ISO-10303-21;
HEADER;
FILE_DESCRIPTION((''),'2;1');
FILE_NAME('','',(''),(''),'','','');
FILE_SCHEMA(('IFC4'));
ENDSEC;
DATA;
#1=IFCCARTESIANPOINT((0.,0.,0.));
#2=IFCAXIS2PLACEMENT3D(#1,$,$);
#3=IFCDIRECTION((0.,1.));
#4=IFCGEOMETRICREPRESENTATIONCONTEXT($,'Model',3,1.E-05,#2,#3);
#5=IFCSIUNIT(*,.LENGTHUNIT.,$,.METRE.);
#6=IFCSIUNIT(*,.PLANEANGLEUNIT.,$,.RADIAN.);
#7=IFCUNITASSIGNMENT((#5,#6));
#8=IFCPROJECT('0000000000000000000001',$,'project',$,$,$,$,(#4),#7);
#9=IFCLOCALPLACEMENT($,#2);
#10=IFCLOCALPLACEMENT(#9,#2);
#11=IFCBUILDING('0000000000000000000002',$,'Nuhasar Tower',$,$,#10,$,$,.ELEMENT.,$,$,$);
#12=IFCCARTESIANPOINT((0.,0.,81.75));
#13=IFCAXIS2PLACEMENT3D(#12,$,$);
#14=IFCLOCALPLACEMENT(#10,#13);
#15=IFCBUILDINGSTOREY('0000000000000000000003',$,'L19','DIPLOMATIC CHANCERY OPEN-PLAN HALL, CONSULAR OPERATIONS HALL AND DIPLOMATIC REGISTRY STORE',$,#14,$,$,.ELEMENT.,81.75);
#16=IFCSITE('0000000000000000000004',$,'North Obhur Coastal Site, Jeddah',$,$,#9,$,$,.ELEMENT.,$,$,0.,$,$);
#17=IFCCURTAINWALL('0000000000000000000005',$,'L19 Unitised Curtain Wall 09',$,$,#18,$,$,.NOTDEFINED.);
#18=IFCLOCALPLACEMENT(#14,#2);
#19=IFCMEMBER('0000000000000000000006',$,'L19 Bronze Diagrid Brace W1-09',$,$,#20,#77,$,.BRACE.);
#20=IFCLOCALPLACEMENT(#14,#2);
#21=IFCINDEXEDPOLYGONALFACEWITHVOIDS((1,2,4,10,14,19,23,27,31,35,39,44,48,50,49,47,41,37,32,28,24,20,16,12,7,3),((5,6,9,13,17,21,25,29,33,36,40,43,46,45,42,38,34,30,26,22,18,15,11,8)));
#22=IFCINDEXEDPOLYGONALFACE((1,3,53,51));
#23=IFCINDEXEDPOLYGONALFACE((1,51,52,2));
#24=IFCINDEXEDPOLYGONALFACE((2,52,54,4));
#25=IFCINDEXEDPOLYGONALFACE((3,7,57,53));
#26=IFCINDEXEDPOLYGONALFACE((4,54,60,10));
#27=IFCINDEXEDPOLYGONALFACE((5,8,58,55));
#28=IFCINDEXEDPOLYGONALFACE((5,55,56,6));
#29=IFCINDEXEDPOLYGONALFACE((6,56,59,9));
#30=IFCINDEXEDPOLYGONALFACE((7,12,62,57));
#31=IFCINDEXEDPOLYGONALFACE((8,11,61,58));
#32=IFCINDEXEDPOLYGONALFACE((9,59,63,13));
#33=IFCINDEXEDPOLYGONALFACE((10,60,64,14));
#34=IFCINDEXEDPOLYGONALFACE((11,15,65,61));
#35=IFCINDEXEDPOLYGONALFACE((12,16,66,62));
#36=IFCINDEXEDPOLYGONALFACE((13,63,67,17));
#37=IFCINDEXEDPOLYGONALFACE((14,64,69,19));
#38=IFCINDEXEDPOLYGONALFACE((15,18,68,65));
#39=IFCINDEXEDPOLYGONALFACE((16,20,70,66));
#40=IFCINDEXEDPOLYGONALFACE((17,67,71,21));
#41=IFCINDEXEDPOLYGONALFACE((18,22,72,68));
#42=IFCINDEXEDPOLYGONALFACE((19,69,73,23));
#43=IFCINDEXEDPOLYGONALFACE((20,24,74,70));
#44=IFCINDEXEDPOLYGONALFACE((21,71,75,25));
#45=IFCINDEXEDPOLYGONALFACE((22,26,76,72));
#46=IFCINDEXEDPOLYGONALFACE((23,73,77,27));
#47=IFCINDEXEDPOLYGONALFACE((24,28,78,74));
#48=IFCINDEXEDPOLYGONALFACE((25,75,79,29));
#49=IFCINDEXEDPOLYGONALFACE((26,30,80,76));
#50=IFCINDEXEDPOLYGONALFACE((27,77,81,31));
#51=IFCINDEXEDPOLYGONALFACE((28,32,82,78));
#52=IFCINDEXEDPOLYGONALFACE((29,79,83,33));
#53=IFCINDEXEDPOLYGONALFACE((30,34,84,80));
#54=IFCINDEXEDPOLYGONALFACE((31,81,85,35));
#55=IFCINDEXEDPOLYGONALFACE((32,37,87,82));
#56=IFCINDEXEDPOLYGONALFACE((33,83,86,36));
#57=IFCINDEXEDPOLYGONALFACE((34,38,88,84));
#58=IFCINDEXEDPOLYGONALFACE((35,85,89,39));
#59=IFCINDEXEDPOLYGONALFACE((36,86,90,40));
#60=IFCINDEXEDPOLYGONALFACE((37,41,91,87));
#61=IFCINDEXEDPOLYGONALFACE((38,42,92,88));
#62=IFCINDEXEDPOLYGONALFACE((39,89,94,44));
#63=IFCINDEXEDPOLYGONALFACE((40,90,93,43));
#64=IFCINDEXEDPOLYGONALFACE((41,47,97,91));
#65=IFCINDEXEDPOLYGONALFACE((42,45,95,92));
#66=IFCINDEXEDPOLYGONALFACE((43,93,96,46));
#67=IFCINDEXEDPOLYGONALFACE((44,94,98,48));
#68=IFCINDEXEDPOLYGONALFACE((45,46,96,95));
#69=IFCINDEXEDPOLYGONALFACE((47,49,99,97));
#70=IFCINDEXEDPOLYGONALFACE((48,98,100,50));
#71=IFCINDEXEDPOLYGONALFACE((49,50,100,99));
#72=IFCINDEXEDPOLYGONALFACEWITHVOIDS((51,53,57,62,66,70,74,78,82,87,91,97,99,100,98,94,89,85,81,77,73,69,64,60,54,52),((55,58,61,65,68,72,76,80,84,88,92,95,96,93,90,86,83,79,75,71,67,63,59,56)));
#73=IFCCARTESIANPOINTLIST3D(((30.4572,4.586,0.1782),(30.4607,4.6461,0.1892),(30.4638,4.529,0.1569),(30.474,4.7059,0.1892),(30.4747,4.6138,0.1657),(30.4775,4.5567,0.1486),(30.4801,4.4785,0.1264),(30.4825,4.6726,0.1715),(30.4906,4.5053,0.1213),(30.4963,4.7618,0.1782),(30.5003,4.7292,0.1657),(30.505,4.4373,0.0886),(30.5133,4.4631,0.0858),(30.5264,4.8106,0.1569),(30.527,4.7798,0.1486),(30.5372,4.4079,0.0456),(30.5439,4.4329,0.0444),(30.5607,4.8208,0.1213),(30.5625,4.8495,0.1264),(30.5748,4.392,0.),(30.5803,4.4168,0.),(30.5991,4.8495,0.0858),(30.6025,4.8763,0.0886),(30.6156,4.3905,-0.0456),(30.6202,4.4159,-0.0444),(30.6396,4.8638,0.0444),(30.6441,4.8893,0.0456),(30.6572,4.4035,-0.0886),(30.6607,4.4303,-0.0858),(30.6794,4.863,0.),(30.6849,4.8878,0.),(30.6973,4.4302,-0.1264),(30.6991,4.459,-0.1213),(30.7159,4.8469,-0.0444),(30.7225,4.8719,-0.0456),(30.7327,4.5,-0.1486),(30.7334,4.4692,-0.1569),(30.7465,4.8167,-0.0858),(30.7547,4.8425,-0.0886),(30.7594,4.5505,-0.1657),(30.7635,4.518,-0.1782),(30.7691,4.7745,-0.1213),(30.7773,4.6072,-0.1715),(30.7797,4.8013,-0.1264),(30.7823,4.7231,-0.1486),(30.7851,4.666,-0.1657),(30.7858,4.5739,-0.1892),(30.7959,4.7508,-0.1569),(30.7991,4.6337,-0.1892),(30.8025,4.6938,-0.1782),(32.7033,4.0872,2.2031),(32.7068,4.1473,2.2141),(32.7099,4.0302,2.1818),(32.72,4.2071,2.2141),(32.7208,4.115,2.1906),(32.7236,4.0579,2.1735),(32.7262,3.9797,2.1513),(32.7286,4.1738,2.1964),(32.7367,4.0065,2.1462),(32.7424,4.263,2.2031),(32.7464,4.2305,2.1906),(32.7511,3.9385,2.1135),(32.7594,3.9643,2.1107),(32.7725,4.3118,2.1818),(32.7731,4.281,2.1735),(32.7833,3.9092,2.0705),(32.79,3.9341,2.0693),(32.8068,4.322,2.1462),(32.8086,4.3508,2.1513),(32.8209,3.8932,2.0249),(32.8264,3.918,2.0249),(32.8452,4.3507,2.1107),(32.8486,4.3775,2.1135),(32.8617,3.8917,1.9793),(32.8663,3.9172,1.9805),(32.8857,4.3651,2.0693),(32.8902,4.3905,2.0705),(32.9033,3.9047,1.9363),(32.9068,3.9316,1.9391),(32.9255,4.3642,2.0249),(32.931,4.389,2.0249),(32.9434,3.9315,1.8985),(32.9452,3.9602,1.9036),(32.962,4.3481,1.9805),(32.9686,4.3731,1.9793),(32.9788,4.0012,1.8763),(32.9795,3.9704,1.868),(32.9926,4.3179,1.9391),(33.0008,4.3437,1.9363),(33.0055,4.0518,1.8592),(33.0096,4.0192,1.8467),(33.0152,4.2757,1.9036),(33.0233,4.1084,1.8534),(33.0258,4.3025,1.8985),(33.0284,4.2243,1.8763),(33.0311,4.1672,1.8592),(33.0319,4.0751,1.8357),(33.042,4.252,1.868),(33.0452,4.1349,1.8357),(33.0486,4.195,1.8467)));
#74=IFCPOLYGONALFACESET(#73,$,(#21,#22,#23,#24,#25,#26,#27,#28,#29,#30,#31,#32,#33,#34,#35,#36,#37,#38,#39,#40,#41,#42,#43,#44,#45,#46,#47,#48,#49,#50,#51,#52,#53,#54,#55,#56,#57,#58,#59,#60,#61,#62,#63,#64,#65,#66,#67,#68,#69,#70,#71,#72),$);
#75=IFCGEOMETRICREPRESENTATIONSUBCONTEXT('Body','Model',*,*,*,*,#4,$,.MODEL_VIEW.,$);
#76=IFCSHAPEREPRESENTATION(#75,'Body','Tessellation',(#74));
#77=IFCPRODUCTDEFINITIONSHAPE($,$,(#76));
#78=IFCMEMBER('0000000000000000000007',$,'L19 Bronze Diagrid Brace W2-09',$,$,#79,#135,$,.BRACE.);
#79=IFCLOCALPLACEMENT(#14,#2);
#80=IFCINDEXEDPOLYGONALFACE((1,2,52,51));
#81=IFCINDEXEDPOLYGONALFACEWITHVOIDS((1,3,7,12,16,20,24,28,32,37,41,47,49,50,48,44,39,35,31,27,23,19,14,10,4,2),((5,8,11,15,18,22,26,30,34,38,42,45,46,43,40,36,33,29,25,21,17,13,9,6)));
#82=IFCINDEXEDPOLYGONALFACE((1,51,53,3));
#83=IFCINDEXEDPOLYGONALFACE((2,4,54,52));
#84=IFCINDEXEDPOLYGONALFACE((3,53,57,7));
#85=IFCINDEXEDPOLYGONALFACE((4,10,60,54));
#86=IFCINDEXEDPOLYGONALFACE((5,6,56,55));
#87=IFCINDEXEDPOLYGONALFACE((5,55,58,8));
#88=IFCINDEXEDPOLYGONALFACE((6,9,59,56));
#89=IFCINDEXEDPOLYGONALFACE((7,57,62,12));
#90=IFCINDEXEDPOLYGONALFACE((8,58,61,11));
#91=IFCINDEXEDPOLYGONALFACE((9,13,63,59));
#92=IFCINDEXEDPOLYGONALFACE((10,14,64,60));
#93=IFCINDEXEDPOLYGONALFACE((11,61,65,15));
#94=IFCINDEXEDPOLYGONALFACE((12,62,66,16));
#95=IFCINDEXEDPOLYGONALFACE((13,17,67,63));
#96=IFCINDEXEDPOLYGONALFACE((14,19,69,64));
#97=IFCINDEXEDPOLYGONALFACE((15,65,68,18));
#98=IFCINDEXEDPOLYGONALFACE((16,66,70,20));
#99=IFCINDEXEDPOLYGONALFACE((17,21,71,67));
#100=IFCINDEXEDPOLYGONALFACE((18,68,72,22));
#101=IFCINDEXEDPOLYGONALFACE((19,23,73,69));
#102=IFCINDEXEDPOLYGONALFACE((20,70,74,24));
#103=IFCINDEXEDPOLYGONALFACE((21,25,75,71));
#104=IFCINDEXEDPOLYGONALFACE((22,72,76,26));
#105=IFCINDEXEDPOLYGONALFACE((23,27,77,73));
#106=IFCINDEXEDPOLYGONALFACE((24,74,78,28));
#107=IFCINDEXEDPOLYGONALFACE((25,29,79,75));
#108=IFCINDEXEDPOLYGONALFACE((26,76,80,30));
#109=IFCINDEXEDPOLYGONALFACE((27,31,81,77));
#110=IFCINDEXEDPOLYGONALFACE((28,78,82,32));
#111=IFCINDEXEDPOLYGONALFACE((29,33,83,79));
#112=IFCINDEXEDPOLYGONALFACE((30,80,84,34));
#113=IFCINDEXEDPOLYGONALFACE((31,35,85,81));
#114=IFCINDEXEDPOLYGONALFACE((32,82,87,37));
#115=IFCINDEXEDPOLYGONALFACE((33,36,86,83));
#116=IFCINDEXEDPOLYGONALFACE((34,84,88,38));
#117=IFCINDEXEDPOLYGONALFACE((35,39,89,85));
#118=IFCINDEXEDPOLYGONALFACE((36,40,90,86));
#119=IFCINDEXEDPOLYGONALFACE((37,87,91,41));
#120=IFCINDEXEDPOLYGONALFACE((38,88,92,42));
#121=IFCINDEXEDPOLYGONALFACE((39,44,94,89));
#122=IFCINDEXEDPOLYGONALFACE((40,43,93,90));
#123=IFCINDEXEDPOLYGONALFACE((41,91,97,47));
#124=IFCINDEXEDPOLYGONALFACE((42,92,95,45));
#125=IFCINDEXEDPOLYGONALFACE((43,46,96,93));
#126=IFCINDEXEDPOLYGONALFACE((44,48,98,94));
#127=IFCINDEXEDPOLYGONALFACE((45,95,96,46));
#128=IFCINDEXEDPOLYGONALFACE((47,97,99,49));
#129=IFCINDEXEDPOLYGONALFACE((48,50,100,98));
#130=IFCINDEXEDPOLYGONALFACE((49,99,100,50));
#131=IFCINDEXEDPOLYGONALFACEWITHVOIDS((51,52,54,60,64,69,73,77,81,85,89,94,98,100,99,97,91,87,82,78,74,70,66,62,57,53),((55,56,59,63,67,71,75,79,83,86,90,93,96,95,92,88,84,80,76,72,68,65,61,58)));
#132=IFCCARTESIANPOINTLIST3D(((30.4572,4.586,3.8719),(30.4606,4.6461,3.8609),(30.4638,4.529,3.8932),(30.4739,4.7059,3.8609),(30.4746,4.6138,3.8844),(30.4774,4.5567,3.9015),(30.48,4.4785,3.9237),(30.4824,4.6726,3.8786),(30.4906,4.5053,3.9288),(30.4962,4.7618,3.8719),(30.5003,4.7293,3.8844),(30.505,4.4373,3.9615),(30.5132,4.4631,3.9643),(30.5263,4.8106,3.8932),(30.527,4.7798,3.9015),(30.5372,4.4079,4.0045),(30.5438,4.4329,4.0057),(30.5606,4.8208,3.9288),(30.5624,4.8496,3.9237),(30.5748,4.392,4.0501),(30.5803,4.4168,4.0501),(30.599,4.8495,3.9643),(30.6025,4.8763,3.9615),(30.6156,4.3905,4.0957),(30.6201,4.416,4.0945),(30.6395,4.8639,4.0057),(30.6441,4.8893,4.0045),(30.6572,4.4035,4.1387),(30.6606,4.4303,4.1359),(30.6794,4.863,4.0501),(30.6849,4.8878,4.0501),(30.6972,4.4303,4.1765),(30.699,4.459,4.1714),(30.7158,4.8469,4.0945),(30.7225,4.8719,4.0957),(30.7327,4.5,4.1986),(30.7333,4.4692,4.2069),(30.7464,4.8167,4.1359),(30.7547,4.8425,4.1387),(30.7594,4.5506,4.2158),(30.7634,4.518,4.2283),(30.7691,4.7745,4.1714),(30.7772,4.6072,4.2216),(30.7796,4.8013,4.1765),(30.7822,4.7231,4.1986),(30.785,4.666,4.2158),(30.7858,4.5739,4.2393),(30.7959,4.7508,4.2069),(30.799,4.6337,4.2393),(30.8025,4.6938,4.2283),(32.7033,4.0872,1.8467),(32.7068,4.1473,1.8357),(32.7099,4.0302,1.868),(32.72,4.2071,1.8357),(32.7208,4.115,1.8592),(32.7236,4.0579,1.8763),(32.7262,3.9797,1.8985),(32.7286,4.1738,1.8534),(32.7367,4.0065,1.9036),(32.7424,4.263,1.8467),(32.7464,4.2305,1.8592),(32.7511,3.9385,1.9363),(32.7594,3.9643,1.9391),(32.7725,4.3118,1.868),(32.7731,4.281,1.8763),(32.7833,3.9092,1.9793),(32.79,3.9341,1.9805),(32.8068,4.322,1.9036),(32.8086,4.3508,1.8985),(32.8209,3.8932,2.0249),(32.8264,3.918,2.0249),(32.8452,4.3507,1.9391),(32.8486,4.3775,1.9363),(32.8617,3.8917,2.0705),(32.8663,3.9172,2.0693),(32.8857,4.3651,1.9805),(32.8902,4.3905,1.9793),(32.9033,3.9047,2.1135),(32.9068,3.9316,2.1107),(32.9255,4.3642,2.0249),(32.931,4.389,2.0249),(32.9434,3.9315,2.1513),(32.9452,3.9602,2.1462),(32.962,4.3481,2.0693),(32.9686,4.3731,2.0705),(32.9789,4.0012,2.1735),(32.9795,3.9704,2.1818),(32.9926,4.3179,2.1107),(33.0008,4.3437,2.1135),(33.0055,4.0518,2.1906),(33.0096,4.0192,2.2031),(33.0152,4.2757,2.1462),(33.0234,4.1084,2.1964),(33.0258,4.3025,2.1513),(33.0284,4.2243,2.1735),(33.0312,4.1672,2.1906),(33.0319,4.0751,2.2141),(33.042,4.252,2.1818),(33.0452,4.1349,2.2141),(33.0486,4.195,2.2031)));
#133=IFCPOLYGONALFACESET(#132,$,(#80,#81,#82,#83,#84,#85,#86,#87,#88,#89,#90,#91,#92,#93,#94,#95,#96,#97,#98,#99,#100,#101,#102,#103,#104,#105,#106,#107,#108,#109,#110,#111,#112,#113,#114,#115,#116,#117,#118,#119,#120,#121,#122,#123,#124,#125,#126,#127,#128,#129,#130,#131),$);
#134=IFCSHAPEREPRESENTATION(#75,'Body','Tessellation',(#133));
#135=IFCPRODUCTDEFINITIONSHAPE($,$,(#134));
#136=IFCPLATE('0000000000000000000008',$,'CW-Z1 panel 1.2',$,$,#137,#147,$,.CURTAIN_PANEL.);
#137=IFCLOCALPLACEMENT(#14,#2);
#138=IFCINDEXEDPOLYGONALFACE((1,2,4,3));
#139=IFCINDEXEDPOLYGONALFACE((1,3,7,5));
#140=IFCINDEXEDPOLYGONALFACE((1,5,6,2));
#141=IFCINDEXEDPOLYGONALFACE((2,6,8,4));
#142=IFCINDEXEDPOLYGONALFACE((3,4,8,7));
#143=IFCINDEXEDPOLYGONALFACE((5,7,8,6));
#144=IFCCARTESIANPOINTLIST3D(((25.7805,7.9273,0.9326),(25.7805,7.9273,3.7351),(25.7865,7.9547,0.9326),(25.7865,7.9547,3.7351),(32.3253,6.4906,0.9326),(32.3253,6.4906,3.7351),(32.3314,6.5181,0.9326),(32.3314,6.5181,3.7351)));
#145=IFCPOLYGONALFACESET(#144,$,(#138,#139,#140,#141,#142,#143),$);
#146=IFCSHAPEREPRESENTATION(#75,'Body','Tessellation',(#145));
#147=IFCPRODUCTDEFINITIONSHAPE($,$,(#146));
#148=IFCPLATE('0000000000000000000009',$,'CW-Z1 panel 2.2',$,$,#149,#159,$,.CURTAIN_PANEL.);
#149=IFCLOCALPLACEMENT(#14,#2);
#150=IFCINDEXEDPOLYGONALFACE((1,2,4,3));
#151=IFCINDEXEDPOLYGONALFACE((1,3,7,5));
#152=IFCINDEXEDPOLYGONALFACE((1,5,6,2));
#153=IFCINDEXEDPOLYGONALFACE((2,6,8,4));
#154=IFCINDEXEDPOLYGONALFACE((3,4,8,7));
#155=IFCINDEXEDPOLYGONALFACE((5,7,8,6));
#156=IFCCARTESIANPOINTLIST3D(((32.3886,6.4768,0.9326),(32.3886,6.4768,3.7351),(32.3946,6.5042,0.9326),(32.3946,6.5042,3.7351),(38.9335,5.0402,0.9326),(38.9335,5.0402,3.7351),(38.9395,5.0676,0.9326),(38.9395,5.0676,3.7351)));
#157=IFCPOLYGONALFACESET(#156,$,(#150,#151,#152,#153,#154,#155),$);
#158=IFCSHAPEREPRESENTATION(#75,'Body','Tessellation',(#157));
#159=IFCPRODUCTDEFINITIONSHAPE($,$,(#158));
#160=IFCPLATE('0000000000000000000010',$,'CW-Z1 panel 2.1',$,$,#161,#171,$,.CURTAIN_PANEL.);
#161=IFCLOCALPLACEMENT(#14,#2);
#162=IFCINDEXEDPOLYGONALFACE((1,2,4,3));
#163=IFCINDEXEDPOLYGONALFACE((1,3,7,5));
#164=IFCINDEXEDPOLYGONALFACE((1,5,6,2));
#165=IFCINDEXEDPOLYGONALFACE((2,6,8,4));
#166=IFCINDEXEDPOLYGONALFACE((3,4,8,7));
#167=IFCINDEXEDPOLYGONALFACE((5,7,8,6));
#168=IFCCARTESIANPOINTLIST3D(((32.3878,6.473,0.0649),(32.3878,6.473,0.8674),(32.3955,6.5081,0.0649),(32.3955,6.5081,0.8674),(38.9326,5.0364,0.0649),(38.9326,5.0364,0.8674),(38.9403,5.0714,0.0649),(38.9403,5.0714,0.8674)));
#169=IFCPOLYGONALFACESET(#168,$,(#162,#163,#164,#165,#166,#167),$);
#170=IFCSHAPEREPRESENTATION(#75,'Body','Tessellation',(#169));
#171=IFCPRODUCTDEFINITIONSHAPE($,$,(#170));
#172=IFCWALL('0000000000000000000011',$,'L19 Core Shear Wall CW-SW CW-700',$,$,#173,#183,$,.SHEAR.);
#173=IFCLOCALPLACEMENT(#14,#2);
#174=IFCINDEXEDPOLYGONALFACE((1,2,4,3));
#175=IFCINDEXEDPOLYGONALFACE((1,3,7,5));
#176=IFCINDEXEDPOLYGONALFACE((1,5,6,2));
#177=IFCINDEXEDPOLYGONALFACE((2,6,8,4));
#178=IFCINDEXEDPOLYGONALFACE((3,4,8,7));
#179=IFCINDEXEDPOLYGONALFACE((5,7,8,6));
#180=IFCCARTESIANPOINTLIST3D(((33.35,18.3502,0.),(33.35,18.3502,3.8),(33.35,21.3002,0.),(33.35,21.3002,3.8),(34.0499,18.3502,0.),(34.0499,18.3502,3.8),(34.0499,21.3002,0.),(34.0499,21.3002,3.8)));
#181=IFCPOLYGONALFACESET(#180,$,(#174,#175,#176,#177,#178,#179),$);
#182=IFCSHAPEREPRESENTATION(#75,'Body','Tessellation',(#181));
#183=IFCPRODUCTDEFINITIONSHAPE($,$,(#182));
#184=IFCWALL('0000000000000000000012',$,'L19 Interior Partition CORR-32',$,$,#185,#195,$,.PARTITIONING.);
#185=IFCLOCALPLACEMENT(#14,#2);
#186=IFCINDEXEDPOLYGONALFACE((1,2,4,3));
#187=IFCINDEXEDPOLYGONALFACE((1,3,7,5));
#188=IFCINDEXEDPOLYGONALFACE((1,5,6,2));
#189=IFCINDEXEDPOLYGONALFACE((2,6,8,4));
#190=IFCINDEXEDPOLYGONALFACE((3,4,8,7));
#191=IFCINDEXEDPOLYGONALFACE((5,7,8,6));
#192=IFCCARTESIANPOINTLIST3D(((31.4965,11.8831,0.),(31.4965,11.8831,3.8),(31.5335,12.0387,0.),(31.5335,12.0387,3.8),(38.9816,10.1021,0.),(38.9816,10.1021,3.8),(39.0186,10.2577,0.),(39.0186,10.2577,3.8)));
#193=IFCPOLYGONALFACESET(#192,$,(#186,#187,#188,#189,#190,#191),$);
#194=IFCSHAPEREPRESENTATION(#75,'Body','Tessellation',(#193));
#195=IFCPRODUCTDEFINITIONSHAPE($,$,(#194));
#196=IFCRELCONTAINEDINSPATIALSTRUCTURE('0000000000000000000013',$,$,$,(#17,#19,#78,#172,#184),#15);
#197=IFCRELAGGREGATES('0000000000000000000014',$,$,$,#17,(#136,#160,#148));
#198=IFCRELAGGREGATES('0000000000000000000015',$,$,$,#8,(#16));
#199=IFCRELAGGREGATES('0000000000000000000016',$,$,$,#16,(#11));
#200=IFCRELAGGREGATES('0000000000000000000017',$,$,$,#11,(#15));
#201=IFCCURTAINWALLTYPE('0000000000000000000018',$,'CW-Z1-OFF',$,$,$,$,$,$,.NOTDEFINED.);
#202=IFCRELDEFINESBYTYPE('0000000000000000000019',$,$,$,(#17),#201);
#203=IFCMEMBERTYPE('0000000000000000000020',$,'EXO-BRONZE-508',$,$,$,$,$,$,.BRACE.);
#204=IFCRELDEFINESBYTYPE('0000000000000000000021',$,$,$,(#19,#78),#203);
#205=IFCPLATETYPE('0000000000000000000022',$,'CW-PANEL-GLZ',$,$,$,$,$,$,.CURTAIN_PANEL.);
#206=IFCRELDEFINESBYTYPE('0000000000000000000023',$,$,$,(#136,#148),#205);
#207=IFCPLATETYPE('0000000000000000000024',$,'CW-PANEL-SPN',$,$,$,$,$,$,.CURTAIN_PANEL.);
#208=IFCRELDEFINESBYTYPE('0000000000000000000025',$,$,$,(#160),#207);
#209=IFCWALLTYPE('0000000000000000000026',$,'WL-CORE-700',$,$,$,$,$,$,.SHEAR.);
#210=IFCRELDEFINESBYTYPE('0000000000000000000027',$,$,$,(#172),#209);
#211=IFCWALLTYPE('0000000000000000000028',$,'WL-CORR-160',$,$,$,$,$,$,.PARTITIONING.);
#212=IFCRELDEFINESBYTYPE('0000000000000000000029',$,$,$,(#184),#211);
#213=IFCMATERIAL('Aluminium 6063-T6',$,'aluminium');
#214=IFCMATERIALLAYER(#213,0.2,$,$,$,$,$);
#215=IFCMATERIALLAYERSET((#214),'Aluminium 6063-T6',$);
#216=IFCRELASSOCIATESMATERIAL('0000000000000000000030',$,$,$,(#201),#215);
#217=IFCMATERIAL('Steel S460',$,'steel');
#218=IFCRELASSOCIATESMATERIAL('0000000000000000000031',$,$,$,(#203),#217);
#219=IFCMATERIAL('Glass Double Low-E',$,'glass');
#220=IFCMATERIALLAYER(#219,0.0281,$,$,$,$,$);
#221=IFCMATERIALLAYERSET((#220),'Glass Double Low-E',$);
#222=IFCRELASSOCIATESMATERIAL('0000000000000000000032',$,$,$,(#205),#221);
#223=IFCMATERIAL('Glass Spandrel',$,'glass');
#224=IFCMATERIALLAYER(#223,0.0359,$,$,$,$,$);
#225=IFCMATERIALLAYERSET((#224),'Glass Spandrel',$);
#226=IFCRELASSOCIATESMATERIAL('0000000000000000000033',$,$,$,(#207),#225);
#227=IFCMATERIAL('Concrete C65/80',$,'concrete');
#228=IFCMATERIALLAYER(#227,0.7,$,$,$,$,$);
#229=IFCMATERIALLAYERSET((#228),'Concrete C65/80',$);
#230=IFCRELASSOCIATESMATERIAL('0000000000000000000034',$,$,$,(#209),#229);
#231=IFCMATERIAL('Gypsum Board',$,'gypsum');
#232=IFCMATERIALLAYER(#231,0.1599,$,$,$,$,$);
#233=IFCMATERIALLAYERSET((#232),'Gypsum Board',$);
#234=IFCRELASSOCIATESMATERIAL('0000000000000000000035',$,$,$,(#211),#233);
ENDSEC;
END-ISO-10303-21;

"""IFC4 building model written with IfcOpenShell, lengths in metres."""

from ifc_helpers import new_model, si_unit, direction, frame, frame_2d, origin, origin_2d, place, context, subcontext, project, spatial, rectangle, hollow_circle, extrude, material, layer, layer_set, material_profile, profile_set, type_object, element, aggregate, save


model = new_model("IFC4")

# Units and contexts
model_context = context("Model", 3, precision=1e-05, world=origin(), true_north=direction((0.0, 1.0)))
body_context = subcontext(model_context, "Body", "Model", "MODEL_VIEW")
ifc_project = project(units=[si_unit("LENGTHUNIT", "METRE"), si_unit("PLANEANGLEUNIT", "RADIAN")], contexts=[model_context])

# Site, building, storey
site_placement = place(None, origin())
site = spatial("IfcSite", under=ifc_project, at=site_placement, Name="North Obhur Coastal Site, Jeddah", CompositionType="ELEMENT", RefElevation=0.0)
building_placement = place(site_placement, origin())
building = spatial("IfcBuilding", under=site, at=building_placement, Name="Nuhasar Tower", CompositionType="ELEMENT")
storey_placement = place(building_placement, frame((0.0, 0.0, 81.75)))
storey = spatial("IfcBuildingStorey", under=building, at=storey_placement, Name="L19", Description="DIPLOMATIC CHANCERY OPEN-PLAN HALL, CONSULAR OPERATIONS HALL AND DIPLOMATIC REGISTRY STORE", CompositionType="ELEMENT", Elevation=81.75)

# Curtain wall
ifc_material_1 = material(Name="Aluminium 6063-T6", Category="aluminium")
ifc_layer_1 = layer(ifc_material_1, 0.2)
ifc_layer_set_1 = layer_set([ifc_layer_1], Name="Aluminium 6063-T6")
curtain_wall_type = type_object("IfcCurtainWallType", Name="CW-Z1-OFF", PredefinedType="NOTDEFINED", material=ifc_layer_set_1)
curtain_wall_placement = place(storey_placement, origin())
curtain_wall = element("IfcCurtainWall", 1, at=curtain_wall_placement, inside=storey, type_object=curtain_wall_type, Name="L19 Unitised Curtain Wall 09", PredefinedType="NOTDEFINED")

# Members
ifc_material_2 = material(Name="Steel S460", Category="steel")
ifc_material_profile_1 = material_profile(ifc_material_2, hollow_circle(Radius=0.2539, WallThickness=0.0254, at=origin_2d()), Name="HSS508X25.4")
ifc_profile_set_1 = profile_set([ifc_material_profile_1], Name="Steel S460")
member_type_1 = type_object("IfcMemberType", Name="EXO-BRONZE-508", PredefinedType="BRACE", material=ifc_profile_set_1)
member_1_placement = place(storey_placement, frame((30.6299, 4.6399, 0.0), z_axis=(0.732831, -0.162736, 0.660663), x_axis=(0.216784, 0.97622, 0.0)))
element("IfcMember", 2, at=member_1_placement, inside=storey, type_object=member_type_1, Name="L19 Bronze Diagrid Brace W1-09", PredefinedType="BRACE", context=body_context, shape_type="SweptSolid", body=[
    extrude(hollow_circle(Radius=0.2539, WallThickness=0.0254, at=origin_2d()), origin(), (0.0, 0.0, 1.0), 3.0649),
])
member_2_placement = place(storey_placement, frame((32.876, 4.1411, 2.0249), z_axis=(-0.732792, 0.162728, 0.660708), x_axis=(-0.216784, -0.97622, 0.0)))
element("IfcMember", 3, at=member_2_placement, inside=storey, type_object=member_type_1, Name="L19 Bronze Diagrid Brace W2-09", PredefinedType="BRACE", context=body_context, shape_type="SweptSolid", body=[
    extrude(hollow_circle(Radius=0.2539, WallThickness=0.0254, at=origin_2d()), origin(), (0.0, 0.0, 1.0), 3.0652),
])

# Plates
ifc_material_3 = material(Name="Glass Double Low-E", Category="glass")
ifc_layer_2 = layer(ifc_material_3, 0.0281)
ifc_layer_set_2 = layer_set([ifc_layer_2], Name="Glass Double Low-E")
plate_type_1 = type_object("IfcPlateType", Name="CW-PANEL-GLZ", PredefinedType="CURTAIN_PANEL", material=ifc_layer_set_2)
plate_1_placement = place(storey_placement, frame((29.0559, 7.2227, 0.9326), z_axis=(0.0, 0.0, 1.0), x_axis=(0.976746, -0.214399, 0.0)))
plate_1 = element("IfcPlate", 4, at=plate_1_placement, type_object=plate_type_1, Name="CW-Z1 panel 1.2", PredefinedType="CURTAIN_PANEL", context=body_context, shape_type="SweptSolid", body=[
    extrude(rectangle(XDim=6.7007, YDim=0.0281, at=origin_2d()), origin(), (0.0, 0.0, 1.0), 2.8025),
])
plate_2_placement = place(storey_placement, frame((35.6641, 5.7722, 0.9326), z_axis=(0.0, 0.0, 1.0), x_axis=(0.976746, -0.214399, 0.0)))
plate_2 = element("IfcPlate", 5, at=plate_2_placement, type_object=plate_type_1, Name="CW-Z1 panel 2.2", PredefinedType="CURTAIN_PANEL", context=body_context, shape_type="SweptSolid", body=[
    extrude(rectangle(XDim=6.7007, YDim=0.0281, at=origin_2d()), origin(), (0.0, 0.0, 1.0), 2.8025),
])
ifc_material_4 = material(Name="Glass Spandrel", Category="glass")
ifc_layer_3 = layer(ifc_material_4, 0.0359)
ifc_layer_set_3 = layer_set([ifc_layer_3], Name="Glass Spandrel")
plate_type_2 = type_object("IfcPlateType", Name="CW-PANEL-SPN", PredefinedType="CURTAIN_PANEL", material=ifc_layer_set_3)
plate_3_placement = place(storey_placement, frame((35.6641, 5.7722, 0.0649), z_axis=(0.0, 0.0, 1.0), x_axis=(0.976746, -0.214399, 0.0)))
plate_3 = element("IfcPlate", 6, at=plate_3_placement, type_object=plate_type_2, Name="CW-Z1 panel 2.1", PredefinedType="CURTAIN_PANEL", context=body_context, shape_type="SweptSolid", body=[
    extrude(rectangle(XDim=6.7007, YDim=0.0359, at=origin_2d()), origin(), (0.0, 0.0, 1.0), 0.8025),
])
aggregate(curtain_wall, [plate_1, plate_3, plate_2])

# Walls
ifc_material_5 = material(Name="Concrete C65/80", Category="concrete")
ifc_layer_4 = layer(ifc_material_5, 0.7)
ifc_layer_set_4 = layer_set([ifc_layer_4], Name="Concrete C65/80")
wall_type_1 = type_object("IfcWallType", Name="WL-CORE-700", PredefinedType="SHEAR", material=ifc_layer_set_4)
wall_1_placement = place(storey_placement, frame((33.7, 18.3501, 0.0), z_axis=(0.0, 0.0, 1.0), x_axis=(0.0, 1.0, 0.0)))
element("IfcWall", 7, at=wall_1_placement, inside=storey, type_object=wall_type_1, Name="L19 Core Shear Wall CW-SW CW-700", PredefinedType="SHEAR", context=body_context, shape_type="SweptSolid", body=[
    extrude(rectangle(XDim=2.95, YDim=0.7, at=frame_2d((1.4751, 0.0))), origin(), (0.0, 0.0, 1.0), 3.8),
])
ifc_material_6 = material(Name="Gypsum Board", Category="gypsum")
ifc_layer_5 = layer(ifc_material_6, 0.1599)
ifc_layer_set_5 = layer_set([ifc_layer_5], Name="Gypsum Board")
wall_type_2 = type_object("IfcWallType", Name="WL-CORR-160", PredefinedType="PARTITIONING", material=ifc_layer_set_5)
wall_2_placement = place(storey_placement, frame((31.5149, 11.9609, 0.0), z_axis=(0.0, 0.0, 1.0), x_axis=(0.97284, -0.231478, 0.0)))
element("IfcWall", 8, at=wall_2_placement, inside=storey, type_object=wall_type_2, Name="L19 Interior Partition CORR-32", PredefinedType="PARTITIONING", context=body_context, shape_type="SweptSolid", body=[
    extrude(rectangle(XDim=7.6941, YDim=0.1599, at=frame_2d((3.8472, 0.0))), origin(), (0.0, 0.0, 1.0), 3.8),
])

save(model, "model.ifc")
